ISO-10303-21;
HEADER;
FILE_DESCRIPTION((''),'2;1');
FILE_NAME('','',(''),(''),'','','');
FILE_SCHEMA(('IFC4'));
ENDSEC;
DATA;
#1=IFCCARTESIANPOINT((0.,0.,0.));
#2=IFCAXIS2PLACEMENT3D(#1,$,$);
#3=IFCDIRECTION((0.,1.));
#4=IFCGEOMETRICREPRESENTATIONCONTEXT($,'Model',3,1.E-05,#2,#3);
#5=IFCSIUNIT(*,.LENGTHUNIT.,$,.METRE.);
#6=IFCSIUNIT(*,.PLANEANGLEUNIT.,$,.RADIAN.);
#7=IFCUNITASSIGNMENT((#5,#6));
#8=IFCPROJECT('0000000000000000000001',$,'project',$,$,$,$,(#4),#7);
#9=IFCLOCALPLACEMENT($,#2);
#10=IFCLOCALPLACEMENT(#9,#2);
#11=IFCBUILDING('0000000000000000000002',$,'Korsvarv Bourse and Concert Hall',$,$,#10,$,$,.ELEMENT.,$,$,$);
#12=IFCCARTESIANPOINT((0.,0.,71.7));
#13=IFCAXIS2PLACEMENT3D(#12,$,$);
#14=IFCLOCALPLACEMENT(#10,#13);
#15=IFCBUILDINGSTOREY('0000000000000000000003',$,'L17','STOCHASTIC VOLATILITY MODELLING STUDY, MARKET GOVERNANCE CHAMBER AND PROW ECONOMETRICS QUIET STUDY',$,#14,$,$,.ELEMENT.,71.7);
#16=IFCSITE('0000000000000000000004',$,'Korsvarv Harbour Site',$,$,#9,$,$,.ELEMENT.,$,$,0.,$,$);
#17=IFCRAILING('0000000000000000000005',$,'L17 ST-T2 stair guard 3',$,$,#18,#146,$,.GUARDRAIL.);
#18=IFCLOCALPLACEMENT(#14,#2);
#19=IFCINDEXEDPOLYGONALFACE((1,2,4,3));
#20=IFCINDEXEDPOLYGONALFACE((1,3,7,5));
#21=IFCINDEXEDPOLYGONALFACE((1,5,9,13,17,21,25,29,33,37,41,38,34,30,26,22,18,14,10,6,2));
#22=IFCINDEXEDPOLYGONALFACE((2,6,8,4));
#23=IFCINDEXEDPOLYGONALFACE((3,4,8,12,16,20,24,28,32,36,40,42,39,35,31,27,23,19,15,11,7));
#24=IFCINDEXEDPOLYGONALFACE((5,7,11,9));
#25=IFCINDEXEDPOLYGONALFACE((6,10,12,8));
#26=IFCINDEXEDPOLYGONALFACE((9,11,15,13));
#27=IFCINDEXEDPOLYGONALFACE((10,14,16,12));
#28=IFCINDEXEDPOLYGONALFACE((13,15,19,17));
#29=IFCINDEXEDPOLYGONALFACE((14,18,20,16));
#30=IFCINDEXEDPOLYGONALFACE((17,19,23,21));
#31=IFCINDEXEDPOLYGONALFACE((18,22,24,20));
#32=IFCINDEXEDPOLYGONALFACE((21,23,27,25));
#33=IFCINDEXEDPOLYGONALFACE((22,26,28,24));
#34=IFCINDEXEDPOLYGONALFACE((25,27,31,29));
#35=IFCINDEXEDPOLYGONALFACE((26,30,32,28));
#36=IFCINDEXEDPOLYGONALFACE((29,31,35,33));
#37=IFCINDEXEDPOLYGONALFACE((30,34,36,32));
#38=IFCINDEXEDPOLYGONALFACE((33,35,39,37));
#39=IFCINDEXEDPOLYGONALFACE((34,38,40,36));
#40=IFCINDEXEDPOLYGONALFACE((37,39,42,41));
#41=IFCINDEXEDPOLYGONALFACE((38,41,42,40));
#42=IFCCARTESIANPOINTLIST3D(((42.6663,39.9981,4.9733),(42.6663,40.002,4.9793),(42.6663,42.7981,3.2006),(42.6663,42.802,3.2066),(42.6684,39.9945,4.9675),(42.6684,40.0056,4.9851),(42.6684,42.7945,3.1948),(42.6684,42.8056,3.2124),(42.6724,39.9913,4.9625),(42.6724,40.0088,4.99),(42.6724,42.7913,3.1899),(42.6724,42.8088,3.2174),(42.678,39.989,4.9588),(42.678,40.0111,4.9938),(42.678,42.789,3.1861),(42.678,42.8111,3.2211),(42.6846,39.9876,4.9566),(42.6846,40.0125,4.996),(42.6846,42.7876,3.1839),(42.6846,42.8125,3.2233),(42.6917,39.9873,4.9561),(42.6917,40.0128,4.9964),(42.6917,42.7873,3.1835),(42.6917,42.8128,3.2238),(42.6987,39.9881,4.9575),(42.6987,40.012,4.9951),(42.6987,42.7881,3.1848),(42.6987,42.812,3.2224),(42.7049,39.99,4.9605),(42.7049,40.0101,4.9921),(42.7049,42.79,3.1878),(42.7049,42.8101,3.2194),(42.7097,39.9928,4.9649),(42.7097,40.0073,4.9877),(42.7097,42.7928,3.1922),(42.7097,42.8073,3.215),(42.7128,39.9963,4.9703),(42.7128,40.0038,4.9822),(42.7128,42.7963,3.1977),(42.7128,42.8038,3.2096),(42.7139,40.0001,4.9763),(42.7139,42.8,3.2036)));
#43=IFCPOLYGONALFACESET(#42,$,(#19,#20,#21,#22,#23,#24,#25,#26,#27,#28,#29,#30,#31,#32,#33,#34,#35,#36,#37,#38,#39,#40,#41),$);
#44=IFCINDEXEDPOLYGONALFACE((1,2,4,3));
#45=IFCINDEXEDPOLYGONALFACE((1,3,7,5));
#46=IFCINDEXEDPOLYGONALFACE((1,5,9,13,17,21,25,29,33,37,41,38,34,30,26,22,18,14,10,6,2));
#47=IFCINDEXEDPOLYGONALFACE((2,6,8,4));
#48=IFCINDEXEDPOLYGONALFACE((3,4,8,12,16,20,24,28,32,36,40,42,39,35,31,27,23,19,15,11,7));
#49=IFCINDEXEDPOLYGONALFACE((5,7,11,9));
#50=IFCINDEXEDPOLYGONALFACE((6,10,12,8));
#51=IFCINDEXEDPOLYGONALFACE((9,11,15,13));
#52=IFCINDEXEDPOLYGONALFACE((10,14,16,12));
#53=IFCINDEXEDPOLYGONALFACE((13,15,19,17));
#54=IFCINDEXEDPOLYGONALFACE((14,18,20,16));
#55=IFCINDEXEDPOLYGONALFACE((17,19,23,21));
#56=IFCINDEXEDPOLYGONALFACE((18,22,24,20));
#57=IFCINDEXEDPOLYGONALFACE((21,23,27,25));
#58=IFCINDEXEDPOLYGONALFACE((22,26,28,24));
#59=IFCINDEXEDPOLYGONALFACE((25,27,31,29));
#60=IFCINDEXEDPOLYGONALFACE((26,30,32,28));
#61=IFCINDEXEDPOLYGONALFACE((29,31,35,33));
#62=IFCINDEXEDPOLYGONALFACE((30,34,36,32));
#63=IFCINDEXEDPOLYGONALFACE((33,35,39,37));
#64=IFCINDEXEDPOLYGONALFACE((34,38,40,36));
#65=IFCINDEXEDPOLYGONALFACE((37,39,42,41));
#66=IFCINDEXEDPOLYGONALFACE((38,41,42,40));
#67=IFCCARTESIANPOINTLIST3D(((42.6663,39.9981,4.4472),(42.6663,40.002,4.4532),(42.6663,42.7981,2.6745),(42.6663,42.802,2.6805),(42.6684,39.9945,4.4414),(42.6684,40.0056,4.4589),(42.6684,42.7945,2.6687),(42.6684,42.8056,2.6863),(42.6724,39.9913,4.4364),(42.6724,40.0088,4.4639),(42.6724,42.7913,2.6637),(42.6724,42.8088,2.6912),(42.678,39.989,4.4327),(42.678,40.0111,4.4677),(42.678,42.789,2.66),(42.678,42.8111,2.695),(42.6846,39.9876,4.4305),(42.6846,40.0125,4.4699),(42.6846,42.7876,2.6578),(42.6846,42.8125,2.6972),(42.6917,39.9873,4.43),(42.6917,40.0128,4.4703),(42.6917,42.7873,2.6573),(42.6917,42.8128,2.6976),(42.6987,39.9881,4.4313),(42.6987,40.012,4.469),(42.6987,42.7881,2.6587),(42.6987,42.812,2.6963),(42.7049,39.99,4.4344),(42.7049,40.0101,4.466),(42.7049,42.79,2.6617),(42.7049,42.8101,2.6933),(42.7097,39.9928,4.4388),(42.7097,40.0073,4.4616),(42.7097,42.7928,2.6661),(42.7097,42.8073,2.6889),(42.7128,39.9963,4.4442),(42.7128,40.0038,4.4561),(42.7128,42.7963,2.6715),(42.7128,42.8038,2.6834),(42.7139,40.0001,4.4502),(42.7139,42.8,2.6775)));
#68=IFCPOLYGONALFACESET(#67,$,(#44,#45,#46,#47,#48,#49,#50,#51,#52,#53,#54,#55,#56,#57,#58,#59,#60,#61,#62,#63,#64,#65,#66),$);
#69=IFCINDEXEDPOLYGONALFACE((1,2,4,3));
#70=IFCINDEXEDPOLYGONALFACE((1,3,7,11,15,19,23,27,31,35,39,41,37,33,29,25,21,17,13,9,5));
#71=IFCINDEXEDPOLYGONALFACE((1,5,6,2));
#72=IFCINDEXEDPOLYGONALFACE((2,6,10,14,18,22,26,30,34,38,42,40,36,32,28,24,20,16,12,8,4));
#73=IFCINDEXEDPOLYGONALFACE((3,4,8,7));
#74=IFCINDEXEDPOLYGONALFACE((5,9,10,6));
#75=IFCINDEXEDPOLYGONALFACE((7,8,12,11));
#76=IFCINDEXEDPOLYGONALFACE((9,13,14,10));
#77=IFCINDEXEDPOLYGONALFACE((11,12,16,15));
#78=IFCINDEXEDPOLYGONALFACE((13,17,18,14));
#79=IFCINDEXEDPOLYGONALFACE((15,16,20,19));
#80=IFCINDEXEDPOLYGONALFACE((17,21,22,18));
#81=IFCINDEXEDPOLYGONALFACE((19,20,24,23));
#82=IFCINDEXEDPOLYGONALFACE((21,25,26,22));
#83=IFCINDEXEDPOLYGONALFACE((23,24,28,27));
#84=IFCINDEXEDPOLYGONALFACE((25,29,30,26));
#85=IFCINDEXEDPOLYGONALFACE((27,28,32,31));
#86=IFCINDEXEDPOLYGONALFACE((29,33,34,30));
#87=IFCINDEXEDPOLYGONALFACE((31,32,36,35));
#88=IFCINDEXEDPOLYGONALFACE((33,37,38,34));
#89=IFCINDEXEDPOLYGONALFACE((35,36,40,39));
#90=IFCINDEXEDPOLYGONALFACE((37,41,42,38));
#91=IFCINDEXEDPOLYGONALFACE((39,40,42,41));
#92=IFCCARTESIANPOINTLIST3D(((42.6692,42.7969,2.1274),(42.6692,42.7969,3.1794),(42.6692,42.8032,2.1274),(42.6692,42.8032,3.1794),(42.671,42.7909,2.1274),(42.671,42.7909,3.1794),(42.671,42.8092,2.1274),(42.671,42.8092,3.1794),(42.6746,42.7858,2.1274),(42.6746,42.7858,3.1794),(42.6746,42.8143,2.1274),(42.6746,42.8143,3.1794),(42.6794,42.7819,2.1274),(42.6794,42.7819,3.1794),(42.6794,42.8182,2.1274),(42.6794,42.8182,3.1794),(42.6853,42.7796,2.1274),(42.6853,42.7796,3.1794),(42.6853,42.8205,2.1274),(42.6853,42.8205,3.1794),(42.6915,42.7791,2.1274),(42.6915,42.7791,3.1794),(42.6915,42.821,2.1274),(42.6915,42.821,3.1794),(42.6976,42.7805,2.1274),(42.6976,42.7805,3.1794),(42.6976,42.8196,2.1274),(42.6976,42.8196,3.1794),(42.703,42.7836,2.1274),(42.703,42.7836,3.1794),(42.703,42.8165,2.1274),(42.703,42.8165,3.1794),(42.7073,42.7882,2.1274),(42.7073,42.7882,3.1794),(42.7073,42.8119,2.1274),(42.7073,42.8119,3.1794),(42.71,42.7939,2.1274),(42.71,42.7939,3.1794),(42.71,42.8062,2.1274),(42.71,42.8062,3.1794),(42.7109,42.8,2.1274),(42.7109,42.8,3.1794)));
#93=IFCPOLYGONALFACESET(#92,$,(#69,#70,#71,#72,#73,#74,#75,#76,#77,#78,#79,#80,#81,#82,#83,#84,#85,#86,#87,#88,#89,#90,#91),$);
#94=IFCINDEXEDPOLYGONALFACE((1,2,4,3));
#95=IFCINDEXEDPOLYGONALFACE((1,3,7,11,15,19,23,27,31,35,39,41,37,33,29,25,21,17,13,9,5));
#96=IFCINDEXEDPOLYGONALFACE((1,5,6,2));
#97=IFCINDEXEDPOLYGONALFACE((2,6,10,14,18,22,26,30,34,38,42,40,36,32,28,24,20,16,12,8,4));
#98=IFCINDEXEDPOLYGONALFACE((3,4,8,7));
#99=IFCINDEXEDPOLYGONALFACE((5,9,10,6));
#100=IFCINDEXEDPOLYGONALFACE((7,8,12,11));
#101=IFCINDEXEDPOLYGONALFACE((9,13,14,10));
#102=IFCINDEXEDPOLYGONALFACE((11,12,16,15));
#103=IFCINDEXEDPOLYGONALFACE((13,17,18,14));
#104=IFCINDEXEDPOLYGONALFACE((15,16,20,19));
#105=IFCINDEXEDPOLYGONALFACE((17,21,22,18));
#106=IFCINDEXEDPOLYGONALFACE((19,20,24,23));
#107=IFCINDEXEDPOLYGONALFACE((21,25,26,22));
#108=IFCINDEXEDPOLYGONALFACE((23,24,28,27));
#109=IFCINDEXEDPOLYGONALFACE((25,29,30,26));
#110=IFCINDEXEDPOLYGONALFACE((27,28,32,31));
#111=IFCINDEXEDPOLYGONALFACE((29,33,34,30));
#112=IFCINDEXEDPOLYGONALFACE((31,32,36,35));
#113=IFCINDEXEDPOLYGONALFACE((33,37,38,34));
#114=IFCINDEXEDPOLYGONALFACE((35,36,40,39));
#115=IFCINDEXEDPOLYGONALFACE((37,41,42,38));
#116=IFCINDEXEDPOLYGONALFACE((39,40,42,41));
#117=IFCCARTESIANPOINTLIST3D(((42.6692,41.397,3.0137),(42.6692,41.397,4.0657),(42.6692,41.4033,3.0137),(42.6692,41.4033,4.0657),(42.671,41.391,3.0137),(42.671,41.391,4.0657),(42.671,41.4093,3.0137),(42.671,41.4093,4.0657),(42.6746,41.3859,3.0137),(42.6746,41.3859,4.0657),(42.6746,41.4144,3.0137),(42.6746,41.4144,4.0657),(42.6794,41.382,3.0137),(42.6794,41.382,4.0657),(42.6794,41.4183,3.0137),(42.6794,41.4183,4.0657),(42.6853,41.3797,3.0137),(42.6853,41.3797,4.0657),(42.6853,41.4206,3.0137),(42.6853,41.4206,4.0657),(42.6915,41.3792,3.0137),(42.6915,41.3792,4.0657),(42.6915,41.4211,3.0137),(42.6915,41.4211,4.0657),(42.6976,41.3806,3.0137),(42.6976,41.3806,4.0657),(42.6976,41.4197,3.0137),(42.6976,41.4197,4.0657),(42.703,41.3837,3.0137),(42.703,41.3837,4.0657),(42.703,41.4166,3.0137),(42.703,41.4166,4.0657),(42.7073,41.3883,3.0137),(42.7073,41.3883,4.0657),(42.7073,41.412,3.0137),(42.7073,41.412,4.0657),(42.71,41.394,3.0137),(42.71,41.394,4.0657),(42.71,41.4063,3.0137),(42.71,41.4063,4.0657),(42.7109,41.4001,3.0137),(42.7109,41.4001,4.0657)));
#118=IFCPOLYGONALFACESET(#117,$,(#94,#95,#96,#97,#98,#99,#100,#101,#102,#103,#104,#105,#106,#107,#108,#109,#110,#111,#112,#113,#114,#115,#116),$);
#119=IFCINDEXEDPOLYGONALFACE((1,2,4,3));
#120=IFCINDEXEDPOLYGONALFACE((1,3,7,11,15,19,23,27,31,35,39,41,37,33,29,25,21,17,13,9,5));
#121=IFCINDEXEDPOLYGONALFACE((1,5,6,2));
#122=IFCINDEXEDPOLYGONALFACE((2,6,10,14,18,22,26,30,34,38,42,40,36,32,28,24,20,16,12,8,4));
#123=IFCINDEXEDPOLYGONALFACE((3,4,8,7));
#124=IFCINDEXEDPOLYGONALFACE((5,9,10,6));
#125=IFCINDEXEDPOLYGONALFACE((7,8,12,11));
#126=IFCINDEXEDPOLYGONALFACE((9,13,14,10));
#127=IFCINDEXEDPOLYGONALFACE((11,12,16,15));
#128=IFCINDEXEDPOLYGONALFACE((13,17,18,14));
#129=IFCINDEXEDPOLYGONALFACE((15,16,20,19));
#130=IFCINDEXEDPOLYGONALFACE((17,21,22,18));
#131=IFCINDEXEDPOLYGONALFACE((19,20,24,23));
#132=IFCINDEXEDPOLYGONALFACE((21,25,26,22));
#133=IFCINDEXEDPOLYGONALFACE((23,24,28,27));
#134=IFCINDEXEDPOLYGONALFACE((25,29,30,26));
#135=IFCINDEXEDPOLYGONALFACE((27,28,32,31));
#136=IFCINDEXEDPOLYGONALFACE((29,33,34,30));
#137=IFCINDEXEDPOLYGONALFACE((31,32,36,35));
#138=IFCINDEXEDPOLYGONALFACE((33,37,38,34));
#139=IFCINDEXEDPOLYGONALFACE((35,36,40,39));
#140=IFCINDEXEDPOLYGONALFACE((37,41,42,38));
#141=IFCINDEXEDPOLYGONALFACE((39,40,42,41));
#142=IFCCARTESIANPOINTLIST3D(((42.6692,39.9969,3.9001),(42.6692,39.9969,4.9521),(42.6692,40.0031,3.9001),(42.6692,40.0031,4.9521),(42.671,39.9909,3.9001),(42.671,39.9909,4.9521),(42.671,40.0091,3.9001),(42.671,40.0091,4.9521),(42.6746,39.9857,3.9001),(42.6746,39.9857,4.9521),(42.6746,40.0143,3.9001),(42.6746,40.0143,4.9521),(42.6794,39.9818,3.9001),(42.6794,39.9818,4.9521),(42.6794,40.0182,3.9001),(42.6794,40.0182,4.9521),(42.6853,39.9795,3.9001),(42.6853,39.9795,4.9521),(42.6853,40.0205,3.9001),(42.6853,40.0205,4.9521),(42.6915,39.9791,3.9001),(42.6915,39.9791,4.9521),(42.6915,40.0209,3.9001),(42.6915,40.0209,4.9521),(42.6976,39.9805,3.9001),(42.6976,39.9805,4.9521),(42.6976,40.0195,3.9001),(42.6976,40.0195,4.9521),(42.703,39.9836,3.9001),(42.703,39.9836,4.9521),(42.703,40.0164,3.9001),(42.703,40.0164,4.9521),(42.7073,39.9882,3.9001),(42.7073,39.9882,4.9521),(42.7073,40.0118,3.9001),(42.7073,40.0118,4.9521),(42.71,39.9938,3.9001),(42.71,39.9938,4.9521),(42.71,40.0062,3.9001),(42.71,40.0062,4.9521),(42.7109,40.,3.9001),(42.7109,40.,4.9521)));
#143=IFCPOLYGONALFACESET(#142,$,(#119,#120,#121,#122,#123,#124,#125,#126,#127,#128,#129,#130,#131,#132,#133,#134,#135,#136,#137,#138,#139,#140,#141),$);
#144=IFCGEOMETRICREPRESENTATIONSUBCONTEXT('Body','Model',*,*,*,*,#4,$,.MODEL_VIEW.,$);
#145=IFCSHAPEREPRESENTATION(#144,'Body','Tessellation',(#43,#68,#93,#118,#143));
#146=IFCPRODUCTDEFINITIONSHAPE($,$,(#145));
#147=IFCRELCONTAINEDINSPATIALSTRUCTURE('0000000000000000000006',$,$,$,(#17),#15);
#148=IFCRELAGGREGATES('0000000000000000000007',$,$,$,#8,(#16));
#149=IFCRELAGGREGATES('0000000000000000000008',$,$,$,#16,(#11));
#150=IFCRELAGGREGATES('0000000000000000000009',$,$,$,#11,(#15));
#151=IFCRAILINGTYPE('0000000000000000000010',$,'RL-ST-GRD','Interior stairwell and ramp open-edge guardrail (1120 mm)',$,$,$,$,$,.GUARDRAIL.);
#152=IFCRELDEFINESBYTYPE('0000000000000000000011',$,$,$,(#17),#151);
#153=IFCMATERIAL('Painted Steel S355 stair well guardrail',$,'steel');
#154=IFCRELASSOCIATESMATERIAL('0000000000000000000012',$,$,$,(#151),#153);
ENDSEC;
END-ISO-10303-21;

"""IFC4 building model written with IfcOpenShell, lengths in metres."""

from ifc_helpers import new_model, si_unit, direction, frame, origin, origin_2d, place, context, subcontext, project, spatial, circle, extrude, material, type_object, element, save


model = new_model("IFC4")

# Units and contexts
model_context = context("Model", 3, precision=1e-05, world=origin(), true_north=direction((0.0, 1.0)))
body_context = subcontext(model_context, "Body", "Model", "MODEL_VIEW")
ifc_project = project(units=[si_unit("LENGTHUNIT", "METRE"), si_unit("PLANEANGLEUNIT", "RADIAN")], contexts=[model_context])

# Site, building, storey
site_placement = place(None, origin())
site = spatial("IfcSite", under=ifc_project, at=site_placement, Name="Korsvarv Harbour Site", CompositionType="ELEMENT", RefElevation=0.0)
building_placement = place(site_placement, origin())
building = spatial("IfcBuilding", under=site, at=building_placement, Name="Korsvarv Bourse and Concert Hall", CompositionType="ELEMENT")
storey_placement = place(building_placement, frame((0.0, 0.0, 71.7)))
storey = spatial("IfcBuildingStorey", under=building, at=storey_placement, Name="L17", Description="STOCHASTIC VOLATILITY MODELLING STUDY, MARKET GOVERNANCE CHAMBER AND PROW ECONOMETRICS QUIET STUDY", CompositionType="ELEMENT", Elevation=71.7)

# Railing
ifc_material_1 = material(Name="Painted Steel S355 stair well guardrail", Category="steel")
railing_type_1 = type_object("IfcRailingType", Name="RL-ST-GRD", Description="Interior stairwell and ramp open-edge guardrail (1120 mm)", PredefinedType="GUARDRAIL", material=ifc_material_1)
railing_1_placement = place(storey_placement, frame((42.6899, 42.8, 2.1274)))
element("IfcRailing", 1, at=railing_1_placement, inside=storey, type_object=railing_type_1, Name="L17 ST-T2 stair guard 3", PredefinedType="GUARDRAIL", context=body_context, shape_type="SweptSolid", body=[
    extrude(circle(Radius=0.0239, at=origin_2d()), frame((0.0, 0.0, 1.0762), z_axis=(0.0, -0.844909, 0.53491), x_axis=(1.0, 0.0, 0.0)), (0.0, 0.0, 1.0), 3.314),
    extrude(circle(Radius=0.0239, at=origin_2d()), frame((0.0, 0.0, 0.55), z_axis=(0.0, -0.844909, 0.53491), x_axis=(1.0, 0.0, 0.0)), (0.0, 0.0, 1.0), 3.314),
    extrude(circle(Radius=0.021, at=origin_2d()), origin(), (0.0, 0.0, 1.0), 1.052),
    extrude(circle(Radius=0.021, at=origin_2d()), frame((0.0, -1.3999, 0.8862)), (0.0, 0.0, 1.0), 1.052),
    extrude(circle(Radius=0.021, at=origin_2d()), frame((0.0, -2.8, 1.7727)), (0.0, 0.0, 1.0), 1.052),
])

save(model, "model.ifc")
